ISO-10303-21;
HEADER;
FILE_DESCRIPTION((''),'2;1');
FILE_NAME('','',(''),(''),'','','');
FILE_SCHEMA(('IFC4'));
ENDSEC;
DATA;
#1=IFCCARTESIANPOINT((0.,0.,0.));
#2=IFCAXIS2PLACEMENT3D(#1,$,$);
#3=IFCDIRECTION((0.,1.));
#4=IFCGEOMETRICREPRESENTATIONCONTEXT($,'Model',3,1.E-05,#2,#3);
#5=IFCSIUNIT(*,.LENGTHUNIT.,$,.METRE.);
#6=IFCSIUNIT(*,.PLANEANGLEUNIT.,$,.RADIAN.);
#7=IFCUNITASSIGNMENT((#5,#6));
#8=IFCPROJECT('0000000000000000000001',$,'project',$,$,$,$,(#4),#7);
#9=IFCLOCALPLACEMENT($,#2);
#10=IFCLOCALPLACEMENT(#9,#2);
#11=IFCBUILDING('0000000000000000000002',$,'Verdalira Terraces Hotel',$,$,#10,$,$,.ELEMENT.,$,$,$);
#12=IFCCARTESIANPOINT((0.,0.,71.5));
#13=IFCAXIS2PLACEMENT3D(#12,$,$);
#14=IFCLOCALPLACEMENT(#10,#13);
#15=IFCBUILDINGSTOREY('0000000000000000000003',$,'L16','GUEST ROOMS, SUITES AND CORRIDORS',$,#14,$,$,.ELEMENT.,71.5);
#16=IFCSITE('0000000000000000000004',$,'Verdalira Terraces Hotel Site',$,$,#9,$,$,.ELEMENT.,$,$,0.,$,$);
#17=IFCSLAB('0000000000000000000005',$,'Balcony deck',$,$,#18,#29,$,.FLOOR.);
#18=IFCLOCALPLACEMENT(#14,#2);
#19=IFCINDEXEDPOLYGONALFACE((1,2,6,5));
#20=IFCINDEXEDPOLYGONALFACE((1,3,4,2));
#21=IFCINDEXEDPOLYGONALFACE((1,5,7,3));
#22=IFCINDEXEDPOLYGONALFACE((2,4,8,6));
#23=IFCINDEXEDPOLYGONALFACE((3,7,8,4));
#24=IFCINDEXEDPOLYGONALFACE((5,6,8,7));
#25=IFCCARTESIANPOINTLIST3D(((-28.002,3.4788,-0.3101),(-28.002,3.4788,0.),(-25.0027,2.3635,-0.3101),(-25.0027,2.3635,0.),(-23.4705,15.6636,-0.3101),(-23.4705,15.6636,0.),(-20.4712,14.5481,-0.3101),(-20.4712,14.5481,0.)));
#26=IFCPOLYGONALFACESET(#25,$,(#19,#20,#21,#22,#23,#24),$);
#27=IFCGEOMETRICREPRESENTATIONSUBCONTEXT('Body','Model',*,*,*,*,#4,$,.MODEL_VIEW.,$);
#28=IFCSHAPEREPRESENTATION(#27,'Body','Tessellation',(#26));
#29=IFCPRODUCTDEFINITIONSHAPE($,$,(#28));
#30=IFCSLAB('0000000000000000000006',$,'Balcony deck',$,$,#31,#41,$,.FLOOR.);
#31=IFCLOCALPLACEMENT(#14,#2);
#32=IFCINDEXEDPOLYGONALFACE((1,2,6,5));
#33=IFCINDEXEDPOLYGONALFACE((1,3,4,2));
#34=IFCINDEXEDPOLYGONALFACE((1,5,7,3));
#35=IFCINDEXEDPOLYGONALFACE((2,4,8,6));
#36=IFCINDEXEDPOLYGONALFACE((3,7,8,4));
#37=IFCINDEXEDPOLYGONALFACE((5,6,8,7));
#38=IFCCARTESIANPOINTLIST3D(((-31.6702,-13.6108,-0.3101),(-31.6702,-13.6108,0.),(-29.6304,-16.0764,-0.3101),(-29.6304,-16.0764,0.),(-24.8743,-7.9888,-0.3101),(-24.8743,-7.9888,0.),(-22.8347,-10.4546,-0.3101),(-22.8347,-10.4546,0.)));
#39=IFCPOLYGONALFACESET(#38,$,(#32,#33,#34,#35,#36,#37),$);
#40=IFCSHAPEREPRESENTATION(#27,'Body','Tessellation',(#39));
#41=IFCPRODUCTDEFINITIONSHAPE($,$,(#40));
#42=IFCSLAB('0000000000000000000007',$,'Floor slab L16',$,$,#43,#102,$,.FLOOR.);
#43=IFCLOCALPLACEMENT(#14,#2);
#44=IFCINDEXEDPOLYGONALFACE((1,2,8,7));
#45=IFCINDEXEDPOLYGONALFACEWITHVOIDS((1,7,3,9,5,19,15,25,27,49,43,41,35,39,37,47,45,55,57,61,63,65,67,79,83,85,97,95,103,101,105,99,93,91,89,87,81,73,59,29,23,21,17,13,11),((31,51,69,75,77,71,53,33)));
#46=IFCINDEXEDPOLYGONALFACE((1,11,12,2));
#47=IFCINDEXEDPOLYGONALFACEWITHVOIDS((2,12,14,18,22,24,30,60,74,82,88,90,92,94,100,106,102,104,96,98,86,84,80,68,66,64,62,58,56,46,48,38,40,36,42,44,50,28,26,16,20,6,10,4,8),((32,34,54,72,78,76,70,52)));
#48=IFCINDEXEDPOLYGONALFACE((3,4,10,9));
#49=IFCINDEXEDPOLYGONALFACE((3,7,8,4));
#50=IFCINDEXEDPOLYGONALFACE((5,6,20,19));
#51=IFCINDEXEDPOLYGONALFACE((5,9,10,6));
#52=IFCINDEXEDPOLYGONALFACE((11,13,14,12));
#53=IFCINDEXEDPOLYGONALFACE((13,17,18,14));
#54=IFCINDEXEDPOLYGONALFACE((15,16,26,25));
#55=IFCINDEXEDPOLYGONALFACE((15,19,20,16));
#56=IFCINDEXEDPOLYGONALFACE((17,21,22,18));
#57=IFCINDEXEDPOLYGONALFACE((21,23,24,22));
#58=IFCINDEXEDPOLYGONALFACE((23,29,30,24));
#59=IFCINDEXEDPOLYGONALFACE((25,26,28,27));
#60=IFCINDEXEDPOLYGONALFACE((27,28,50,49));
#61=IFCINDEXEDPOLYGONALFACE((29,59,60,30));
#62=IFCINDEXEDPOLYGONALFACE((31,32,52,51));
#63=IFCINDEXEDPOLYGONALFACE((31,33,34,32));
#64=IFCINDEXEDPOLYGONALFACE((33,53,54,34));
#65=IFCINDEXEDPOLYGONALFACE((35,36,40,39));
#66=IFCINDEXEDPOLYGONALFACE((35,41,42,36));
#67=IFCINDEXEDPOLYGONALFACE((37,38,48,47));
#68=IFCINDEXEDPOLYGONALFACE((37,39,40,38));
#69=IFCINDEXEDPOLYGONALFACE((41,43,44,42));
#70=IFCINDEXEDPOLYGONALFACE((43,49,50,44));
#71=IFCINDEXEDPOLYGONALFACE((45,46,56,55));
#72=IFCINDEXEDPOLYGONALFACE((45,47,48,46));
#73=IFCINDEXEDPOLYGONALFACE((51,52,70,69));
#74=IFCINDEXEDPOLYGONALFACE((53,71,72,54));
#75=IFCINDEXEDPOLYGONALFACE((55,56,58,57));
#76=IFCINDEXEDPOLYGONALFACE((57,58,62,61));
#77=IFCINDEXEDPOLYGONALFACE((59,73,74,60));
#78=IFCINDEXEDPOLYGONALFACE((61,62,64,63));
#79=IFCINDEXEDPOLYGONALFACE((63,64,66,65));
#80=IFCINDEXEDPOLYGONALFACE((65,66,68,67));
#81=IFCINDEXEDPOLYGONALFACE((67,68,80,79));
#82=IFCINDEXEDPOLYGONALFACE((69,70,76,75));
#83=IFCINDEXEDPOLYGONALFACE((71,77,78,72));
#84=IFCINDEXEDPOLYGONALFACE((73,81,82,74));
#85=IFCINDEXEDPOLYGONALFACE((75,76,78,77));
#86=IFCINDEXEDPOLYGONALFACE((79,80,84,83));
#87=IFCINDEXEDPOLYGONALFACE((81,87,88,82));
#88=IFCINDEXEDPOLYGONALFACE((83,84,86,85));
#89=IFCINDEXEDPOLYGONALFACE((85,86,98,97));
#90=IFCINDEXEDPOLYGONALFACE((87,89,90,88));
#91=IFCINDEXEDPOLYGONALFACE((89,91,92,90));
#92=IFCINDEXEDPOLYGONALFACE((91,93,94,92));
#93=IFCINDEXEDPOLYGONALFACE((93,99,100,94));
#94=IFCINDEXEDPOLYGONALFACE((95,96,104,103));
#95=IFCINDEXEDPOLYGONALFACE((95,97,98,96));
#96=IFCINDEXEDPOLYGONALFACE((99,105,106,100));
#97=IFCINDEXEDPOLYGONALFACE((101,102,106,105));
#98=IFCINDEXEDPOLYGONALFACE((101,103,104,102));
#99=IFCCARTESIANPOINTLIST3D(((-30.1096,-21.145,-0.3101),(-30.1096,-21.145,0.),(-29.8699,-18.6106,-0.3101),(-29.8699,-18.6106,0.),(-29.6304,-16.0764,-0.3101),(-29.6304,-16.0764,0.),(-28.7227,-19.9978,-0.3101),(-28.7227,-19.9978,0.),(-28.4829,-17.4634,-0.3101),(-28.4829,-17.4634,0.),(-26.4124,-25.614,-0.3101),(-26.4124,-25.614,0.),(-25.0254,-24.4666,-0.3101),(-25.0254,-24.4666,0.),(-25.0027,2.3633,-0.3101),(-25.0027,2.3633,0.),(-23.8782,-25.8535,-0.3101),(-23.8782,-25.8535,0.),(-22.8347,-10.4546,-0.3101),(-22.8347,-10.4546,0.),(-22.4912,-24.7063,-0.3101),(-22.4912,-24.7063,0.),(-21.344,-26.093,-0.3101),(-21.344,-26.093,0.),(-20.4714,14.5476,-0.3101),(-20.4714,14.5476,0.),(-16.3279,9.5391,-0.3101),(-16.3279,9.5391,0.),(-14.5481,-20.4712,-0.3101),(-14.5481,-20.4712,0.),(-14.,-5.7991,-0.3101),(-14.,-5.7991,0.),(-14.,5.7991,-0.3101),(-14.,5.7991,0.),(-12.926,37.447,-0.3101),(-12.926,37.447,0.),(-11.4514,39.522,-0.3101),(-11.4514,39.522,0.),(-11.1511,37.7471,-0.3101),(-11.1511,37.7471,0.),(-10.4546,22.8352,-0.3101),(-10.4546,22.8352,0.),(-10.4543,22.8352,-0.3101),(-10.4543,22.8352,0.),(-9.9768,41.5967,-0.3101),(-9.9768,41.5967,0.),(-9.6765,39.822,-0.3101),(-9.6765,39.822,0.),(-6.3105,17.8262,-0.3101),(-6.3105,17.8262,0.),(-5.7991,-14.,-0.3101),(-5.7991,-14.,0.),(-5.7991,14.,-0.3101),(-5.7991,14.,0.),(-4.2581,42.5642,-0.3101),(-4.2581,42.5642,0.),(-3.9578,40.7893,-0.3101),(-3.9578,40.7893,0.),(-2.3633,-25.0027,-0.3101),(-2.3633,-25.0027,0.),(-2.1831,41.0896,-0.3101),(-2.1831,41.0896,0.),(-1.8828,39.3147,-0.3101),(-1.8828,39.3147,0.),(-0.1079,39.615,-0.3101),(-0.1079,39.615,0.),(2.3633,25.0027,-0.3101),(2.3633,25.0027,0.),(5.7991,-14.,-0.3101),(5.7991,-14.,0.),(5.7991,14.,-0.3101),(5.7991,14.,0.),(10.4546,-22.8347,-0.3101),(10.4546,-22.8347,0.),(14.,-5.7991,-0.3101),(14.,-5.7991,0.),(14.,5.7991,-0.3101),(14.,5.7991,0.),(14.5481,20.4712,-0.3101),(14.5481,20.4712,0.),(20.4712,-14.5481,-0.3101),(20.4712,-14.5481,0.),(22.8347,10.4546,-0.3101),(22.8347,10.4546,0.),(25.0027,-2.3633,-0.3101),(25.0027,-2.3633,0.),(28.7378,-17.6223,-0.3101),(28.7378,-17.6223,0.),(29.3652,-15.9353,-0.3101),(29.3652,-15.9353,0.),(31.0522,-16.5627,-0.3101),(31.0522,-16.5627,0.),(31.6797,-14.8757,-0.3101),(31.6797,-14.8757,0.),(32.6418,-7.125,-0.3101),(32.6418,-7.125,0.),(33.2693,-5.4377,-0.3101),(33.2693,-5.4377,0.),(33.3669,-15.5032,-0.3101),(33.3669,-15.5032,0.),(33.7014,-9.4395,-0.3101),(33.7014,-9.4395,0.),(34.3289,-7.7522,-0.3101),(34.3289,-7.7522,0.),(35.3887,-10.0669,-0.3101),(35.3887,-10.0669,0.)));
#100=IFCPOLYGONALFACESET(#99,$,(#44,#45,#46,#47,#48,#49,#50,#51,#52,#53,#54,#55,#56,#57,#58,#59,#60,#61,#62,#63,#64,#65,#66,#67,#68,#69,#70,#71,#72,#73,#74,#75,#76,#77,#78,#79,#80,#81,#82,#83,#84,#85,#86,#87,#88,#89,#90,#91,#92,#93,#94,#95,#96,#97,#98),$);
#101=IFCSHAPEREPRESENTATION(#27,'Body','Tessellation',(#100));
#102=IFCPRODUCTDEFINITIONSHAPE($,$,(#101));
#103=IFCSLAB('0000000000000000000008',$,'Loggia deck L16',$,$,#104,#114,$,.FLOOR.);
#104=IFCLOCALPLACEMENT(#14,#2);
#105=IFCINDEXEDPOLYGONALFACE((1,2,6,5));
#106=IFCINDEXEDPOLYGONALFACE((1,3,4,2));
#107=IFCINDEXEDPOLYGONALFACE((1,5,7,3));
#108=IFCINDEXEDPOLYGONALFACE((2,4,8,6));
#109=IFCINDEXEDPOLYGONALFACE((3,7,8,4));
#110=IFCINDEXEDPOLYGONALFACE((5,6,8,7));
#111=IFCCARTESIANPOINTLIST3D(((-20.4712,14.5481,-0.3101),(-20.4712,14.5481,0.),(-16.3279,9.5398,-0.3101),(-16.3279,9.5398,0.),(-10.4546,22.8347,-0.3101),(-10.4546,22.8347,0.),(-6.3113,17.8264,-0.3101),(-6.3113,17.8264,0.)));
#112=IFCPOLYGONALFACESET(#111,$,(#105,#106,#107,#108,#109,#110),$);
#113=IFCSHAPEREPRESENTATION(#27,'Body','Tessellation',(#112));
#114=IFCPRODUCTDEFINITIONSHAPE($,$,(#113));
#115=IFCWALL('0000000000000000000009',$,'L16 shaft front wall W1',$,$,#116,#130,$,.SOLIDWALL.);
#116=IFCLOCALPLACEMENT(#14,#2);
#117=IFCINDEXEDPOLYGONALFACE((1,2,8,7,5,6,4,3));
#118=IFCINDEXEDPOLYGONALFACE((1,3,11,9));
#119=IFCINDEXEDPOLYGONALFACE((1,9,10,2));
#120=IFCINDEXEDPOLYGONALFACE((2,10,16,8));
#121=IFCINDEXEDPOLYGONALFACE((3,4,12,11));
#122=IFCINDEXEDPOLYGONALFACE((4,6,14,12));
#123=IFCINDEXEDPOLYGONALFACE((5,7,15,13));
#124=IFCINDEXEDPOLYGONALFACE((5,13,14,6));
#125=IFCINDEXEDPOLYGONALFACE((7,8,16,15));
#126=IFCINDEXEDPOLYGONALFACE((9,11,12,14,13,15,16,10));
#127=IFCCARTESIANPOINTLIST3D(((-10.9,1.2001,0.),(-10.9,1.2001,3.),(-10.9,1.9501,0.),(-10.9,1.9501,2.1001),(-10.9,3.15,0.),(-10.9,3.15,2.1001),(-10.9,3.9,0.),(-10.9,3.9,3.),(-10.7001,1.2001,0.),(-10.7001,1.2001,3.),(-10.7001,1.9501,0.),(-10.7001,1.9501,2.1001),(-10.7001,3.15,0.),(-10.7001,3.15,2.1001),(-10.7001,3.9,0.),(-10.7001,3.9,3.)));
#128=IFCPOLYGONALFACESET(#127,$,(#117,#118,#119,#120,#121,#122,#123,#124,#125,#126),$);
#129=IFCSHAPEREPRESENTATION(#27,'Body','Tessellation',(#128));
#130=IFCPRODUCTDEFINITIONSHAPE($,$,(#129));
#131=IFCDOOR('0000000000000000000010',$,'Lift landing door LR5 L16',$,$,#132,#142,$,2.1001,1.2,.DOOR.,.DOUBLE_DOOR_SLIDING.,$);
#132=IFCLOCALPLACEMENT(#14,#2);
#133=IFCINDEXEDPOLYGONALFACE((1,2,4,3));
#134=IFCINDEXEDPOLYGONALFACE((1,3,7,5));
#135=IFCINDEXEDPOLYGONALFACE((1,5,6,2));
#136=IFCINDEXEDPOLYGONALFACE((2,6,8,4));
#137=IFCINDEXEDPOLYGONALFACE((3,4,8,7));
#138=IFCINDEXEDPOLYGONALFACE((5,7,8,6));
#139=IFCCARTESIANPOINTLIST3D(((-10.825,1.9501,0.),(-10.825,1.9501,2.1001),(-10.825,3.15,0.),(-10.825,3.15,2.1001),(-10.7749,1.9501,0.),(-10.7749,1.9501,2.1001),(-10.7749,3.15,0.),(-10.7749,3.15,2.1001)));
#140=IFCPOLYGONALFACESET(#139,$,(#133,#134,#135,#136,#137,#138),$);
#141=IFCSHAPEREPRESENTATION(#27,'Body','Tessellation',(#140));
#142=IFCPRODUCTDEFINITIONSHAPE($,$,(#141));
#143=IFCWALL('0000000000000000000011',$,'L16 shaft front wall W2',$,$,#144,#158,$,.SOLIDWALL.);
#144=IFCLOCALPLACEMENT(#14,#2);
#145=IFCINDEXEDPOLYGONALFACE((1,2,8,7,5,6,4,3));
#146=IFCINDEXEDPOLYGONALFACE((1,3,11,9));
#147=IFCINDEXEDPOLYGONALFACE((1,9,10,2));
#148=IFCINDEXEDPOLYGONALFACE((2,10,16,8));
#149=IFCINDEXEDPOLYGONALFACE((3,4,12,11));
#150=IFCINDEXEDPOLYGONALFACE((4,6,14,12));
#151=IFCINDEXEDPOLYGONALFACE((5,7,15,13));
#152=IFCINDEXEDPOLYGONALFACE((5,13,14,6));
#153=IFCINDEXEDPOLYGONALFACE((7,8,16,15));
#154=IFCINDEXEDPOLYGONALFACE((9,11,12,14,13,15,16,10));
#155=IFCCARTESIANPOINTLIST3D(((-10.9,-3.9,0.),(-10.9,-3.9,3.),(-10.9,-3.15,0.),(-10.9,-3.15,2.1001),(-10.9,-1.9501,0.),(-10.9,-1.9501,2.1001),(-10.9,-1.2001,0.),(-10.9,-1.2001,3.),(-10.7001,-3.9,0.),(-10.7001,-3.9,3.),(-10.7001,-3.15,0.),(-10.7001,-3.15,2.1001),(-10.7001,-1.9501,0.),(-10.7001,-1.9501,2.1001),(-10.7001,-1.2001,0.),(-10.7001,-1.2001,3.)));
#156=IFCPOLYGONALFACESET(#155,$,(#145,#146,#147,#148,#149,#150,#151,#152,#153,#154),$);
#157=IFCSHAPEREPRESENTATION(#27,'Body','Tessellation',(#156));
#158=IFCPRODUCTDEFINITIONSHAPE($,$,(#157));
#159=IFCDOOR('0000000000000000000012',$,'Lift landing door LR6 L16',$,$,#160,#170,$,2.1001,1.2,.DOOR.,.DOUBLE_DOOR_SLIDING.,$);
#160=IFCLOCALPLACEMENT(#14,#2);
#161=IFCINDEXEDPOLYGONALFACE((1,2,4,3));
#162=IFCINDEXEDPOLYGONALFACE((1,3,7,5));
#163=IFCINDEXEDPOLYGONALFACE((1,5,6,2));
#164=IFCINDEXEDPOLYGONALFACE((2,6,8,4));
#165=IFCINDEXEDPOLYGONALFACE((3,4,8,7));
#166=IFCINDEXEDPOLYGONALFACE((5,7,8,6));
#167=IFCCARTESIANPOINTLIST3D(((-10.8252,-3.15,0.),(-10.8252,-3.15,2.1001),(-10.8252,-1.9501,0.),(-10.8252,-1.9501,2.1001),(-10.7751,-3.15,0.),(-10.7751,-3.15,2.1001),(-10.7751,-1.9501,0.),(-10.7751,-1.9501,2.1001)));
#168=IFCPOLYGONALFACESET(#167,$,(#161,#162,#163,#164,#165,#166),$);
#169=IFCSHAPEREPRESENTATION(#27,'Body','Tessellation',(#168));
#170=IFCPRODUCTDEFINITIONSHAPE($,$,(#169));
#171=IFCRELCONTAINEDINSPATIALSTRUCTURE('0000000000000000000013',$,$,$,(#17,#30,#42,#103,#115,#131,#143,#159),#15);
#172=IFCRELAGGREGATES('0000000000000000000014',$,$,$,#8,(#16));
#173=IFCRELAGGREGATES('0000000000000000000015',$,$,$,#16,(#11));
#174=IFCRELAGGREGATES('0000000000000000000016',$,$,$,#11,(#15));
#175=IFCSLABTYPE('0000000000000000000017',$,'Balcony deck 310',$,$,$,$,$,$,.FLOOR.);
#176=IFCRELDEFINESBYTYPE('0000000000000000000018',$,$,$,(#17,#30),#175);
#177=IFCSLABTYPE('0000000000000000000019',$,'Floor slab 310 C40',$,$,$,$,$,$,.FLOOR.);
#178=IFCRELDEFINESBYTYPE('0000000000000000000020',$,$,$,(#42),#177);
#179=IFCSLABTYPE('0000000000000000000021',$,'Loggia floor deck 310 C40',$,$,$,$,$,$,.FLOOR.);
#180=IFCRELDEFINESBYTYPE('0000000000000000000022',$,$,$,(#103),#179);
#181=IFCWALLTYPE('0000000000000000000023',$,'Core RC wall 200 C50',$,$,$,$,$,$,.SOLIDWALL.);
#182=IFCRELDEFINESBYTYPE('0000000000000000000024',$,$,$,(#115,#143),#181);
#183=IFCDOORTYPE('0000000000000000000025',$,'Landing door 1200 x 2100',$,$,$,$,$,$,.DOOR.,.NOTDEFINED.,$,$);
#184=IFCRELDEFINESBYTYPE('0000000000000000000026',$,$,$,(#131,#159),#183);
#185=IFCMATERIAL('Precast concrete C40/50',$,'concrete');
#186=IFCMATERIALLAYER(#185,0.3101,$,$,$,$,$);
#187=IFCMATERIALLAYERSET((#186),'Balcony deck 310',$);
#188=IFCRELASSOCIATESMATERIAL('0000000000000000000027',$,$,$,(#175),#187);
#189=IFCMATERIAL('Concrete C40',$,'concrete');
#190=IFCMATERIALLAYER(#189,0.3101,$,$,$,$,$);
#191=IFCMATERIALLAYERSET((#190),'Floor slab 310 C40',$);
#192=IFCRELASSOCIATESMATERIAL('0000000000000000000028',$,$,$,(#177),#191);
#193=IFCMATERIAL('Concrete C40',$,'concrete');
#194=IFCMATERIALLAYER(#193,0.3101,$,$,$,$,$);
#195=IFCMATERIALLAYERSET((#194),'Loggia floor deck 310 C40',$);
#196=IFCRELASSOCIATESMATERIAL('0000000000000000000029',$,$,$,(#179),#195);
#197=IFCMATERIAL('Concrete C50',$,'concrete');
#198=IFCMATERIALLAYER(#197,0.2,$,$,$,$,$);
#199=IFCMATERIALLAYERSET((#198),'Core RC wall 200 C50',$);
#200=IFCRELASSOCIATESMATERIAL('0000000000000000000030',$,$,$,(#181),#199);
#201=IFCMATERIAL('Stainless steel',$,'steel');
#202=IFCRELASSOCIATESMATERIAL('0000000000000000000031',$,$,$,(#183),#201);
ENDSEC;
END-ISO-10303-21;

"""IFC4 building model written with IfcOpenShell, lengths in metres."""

from ifc_helpers import new_model, si_unit, direction, frame, frame_2d, origin, place, context, subcontext, project, spatial, polyline, rectangle, outline, extrude, material, layer, layer_set, type_object, element, fill, save


model = new_model("IFC4")

# Units and contexts
model_context = context("Model", 3, precision=1e-05, world=origin(), true_north=direction((0.0, 1.0)))
body_context = subcontext(model_context, "Body", "Model", "MODEL_VIEW")
ifc_project = project(units=[si_unit("LENGTHUNIT", "METRE"), si_unit("PLANEANGLEUNIT", "RADIAN")], contexts=[model_context])

# Site, building, storey
site_placement = place(None, origin())
site = spatial("IfcSite", under=ifc_project, at=site_placement, Name="Verdalira Terraces Hotel Site", CompositionType="ELEMENT", RefElevation=0.0)
building_placement = place(site_placement, origin())
building = spatial("IfcBuilding", under=site, at=building_placement, Name="Verdalira Terraces Hotel", CompositionType="ELEMENT")
storey_placement = place(building_placement, frame((0.0, 0.0, 71.5)))
storey = spatial("IfcBuildingStorey", under=building, at=storey_placement, Name="L16", Description="GUEST ROOMS, SUITES AND CORRIDORS", CompositionType="ELEMENT", Elevation=71.5)

# Slabs
ifc_material_1 = material(Name="Precast concrete C40/50", Category="concrete")
ifc_layer_1 = layer(ifc_material_1, 0.3101)
ifc_layer_set_1 = layer_set([ifc_layer_1], Name="Balcony deck 310")
slab_type_1 = type_object("IfcSlabType", Name="Balcony deck 310", PredefinedType="FLOOR", material=ifc_layer_set_1)
slab_1_placement = place(storey_placement, frame((0.0, 0.0, -0.3101)))
element("IfcSlab", 1, at=slab_1_placement, inside=storey, type_object=slab_type_1, Name="Balcony deck", PredefinedType="FLOOR", context=body_context, shape_type="SweptSolid", body=[
    extrude(outline(polyline([(-28.002, 3.4788), (-25.0027, 2.3635), (-20.4712, 14.5481), (-23.4705, 15.6636), (-28.002, 3.4788)])), origin(), (0.0, 0.0, 1.0), 0.3101),
])
slab_2_placement = place(storey_placement, frame((0.0, 0.0, -0.3101)))
element("IfcSlab", 2, at=slab_2_placement, inside=storey, type_object=slab_type_1, Name="Balcony deck", PredefinedType="FLOOR", context=body_context, shape_type="SweptSolid", body=[
    extrude(outline(polyline([(-31.6702, -13.6108), (-29.6304, -16.0764), (-22.8347, -10.4546), (-24.8743, -7.9888), (-31.6702, -13.6108)])), origin(), (0.0, 0.0, 1.0), 0.3101),
])
ifc_material_2 = material(Name="Concrete C40", Category="concrete")
ifc_layer_2 = layer(ifc_material_2, 0.3101)
ifc_layer_set_2 = layer_set([ifc_layer_2], Name="Floor slab 310 C40")
slab_type_2 = type_object("IfcSlabType", Name="Floor slab 310 C40", PredefinedType="FLOOR", material=ifc_layer_set_2)
slab_3_placement = place(storey_placement, frame((0.0, 0.0, -0.3101)))
element("IfcSlab", 3, at=slab_3_placement, inside=storey, type_object=slab_type_2, Name="Floor slab L16", PredefinedType="FLOOR", context=body_context, shape_type="SweptSolid", body=[
    extrude(outline(polyline([(-11.1511, 37.7471), (-12.926, 37.447), (-10.4546, 22.8352), (-10.4543, 22.8352), (-6.3105, 17.8262), (-16.3279, 9.5391), (-20.4714, 14.5476), (-25.0027, 2.3633), (-22.8347, -10.4546), (-29.6304, -16.0764), (-28.4829, -17.4634), (-29.8699, -18.6106), (-28.7227, -19.9978), (-30.1096, -21.145), (-26.4124, -25.614), (-25.0254, -24.4666), (-23.8782, -25.8535), (-22.4912, -24.7063), (-21.344, -26.093), (-14.5481, -20.4712), (-2.3633, -25.0027), (10.4546, -22.8347), (20.4712, -14.5481), (28.7378, -17.6223), (29.3652, -15.9353), (31.0522, -16.5627), (31.6797, -14.8757), (33.3669, -15.5032), (35.3887, -10.0669), (33.7014, -9.4395), (34.3289, -7.7522), (32.6418, -7.125), (33.2693, -5.4377), (25.0027, -2.3633), (22.8347, 10.4546), (14.5481, 20.4712), (2.3633, 25.0027), (-0.1079, 39.615), (-1.8828, 39.3147), (-2.1831, 41.0896), (-3.9578, 40.7893), (-4.2581, 42.5642), (-9.9768, 41.5967), (-9.6765, 39.822), (-11.4514, 39.522), (-11.1511, 37.7471)]), holes=[polyline([(5.7991, 14.0), (14.0, 5.7991), (14.0, -5.7991), (5.7991, -14.0), (-5.7991, -14.0), (-14.0, -5.7991), (-14.0, 5.7991), (-5.7991, 14.0), (5.7991, 14.0)])]), origin(), (0.0, 0.0, 1.0), 0.3101),
])
ifc_material_3 = material(Name="Concrete C40", Category="concrete")
ifc_layer_3 = layer(ifc_material_3, 0.3101)
ifc_layer_set_3 = layer_set([ifc_layer_3], Name="Loggia floor deck 310 C40")
slab_type_3 = type_object("IfcSlabType", Name="Loggia floor deck 310 C40", PredefinedType="FLOOR", material=ifc_layer_set_3)
slab_4_placement = place(storey_placement, frame((0.0, 0.0, -0.3101)))
element("IfcSlab", 4, at=slab_4_placement, inside=storey, type_object=slab_type_3, Name="Loggia deck L16", PredefinedType="FLOOR", context=body_context, shape_type="SweptSolid", body=[
    extrude(outline(polyline([(-6.3113, 17.8264), (-10.4546, 22.8347), (-20.4712, 14.5481), (-16.3279, 9.5398), (-6.3113, 17.8264)])), origin(), (0.0, 0.0, 1.0), 0.3101),
])

# Walls, openings, doors
ifc_material_4 = material(Name="Concrete C50", Category="concrete")
ifc_layer_4 = layer(ifc_material_4, 0.2)
ifc_layer_set_4 = layer_set([ifc_layer_4], Name="Core RC wall 200 C50")
wall_type_1 = type_object("IfcWallType", Name="Core RC wall 200 C50", PredefinedType="SOLIDWALL", material=ifc_layer_set_4)
wall_1_placement = place(storey_placement, frame((-10.8, 1.2, 0.0), z_axis=(0.0, 0.0, 1.0), x_axis=(0.0, 1.0, 0.0)))
wall_1 = element("IfcWall", 5, at=wall_1_placement, inside=storey, type_object=wall_type_1, Name="L16 shaft front wall W1", PredefinedType="SOLIDWALL", context=body_context, shape_type="SweptSolid", body=[
    extrude(rectangle(XDim=2.7, YDim=0.2, at=frame_2d((1.3501, 0.0))), origin(), (0.0, 0.0, 1.0), 3.0),
])
opening_1_placement = place(wall_1_placement, frame((0.75, 0.0, 0.0)))
opening_1 = element("IfcOpeningElement", 6, at=opening_1_placement, cuts=wall_1, PredefinedType="OPENING", context=body_context, shape_type="SweptSolid", body=[
    extrude(rectangle(XDim=1.2, YDim=2.1001, at=frame_2d((0.6001, 1.05))), frame((0.0, 0.1099, 0.0), z_axis=(0.0, -1.0, 0.0), x_axis=(1.0, 0.0, 0.0)), (0.0, 0.0, 1.0), 0.22),
])
ifc_material_5 = material(Name="Stainless steel", Category="steel")
door_type_1 = type_object("IfcDoorType", Name="Landing door 1200 x 2100", OperationType="NOTDEFINED", PredefinedType="DOOR", material=ifc_material_5)
door_1_placement = place(opening_1_placement, origin())
door_1 = element("IfcDoor", 7, at=door_1_placement, inside=storey, type_object=door_type_1, Name="Lift landing door LR5 L16", OperationType="DOUBLE_DOOR_SLIDING", OverallHeight=2.1001, OverallWidth=1.2, PredefinedType="DOOR", context=body_context, shape_type="SweptSolid", body=[
    extrude(rectangle(XDim=1.2, YDim=2.1001, at=frame_2d((0.6001, 1.05))), frame((0.0, 0.0249, 0.0), z_axis=(0.0, -1.0, 0.0), x_axis=(1.0, 0.0, 0.0)), (0.0, 0.0, 1.0), 0.05),
])
fill(opening_1, door_1)
wall_2_placement = place(storey_placement, frame((-10.8, -1.2, 0.0), z_axis=(0.0, 0.0, 1.0), x_axis=(0.0, -1.0, 0.0)))
wall_2 = element("IfcWall", 8, at=wall_2_placement, inside=storey, type_object=wall_type_1, Name="L16 shaft front wall W2", PredefinedType="SOLIDWALL", context=body_context, shape_type="SweptSolid", body=[
    extrude(rectangle(XDim=2.7, YDim=0.2, at=frame_2d((1.3501, 0.0))), origin(), (0.0, 0.0, 1.0), 3.0),
])
opening_2_placement = place(wall_2_placement, frame((0.75, 0.0, 0.0)))
opening_2 = element("IfcOpeningElement", 9, at=opening_2_placement, cuts=wall_2, PredefinedType="OPENING", context=body_context, shape_type="SweptSolid", body=[
    extrude(rectangle(XDim=1.2, YDim=2.1001, at=frame_2d((0.6001, 1.05))), frame((0.0, 0.1099, 0.0), z_axis=(0.0, -1.0, 0.0), x_axis=(1.0, 0.0, 0.0)), (0.0, 0.0, 1.0), 0.22),
])
door_2_placement = place(opening_2_placement, origin())
door_2 = element("IfcDoor", 10, at=door_2_placement, inside=storey, type_object=door_type_1, Name="Lift landing door LR6 L16", OperationType="DOUBLE_DOOR_SLIDING", OverallHeight=2.1001, OverallWidth=1.2, PredefinedType="DOOR", context=body_context, shape_type="SweptSolid", body=[
    extrude(rectangle(XDim=1.2, YDim=2.1001, at=frame_2d((0.6001, 1.05))), frame((0.0, 0.0249, 0.0), z_axis=(0.0, -1.0, 0.0), x_axis=(1.0, 0.0, 0.0)), (0.0, 0.0, 1.0), 0.05),
])
fill(opening_2, door_2)

save(model, "model.ifc")
